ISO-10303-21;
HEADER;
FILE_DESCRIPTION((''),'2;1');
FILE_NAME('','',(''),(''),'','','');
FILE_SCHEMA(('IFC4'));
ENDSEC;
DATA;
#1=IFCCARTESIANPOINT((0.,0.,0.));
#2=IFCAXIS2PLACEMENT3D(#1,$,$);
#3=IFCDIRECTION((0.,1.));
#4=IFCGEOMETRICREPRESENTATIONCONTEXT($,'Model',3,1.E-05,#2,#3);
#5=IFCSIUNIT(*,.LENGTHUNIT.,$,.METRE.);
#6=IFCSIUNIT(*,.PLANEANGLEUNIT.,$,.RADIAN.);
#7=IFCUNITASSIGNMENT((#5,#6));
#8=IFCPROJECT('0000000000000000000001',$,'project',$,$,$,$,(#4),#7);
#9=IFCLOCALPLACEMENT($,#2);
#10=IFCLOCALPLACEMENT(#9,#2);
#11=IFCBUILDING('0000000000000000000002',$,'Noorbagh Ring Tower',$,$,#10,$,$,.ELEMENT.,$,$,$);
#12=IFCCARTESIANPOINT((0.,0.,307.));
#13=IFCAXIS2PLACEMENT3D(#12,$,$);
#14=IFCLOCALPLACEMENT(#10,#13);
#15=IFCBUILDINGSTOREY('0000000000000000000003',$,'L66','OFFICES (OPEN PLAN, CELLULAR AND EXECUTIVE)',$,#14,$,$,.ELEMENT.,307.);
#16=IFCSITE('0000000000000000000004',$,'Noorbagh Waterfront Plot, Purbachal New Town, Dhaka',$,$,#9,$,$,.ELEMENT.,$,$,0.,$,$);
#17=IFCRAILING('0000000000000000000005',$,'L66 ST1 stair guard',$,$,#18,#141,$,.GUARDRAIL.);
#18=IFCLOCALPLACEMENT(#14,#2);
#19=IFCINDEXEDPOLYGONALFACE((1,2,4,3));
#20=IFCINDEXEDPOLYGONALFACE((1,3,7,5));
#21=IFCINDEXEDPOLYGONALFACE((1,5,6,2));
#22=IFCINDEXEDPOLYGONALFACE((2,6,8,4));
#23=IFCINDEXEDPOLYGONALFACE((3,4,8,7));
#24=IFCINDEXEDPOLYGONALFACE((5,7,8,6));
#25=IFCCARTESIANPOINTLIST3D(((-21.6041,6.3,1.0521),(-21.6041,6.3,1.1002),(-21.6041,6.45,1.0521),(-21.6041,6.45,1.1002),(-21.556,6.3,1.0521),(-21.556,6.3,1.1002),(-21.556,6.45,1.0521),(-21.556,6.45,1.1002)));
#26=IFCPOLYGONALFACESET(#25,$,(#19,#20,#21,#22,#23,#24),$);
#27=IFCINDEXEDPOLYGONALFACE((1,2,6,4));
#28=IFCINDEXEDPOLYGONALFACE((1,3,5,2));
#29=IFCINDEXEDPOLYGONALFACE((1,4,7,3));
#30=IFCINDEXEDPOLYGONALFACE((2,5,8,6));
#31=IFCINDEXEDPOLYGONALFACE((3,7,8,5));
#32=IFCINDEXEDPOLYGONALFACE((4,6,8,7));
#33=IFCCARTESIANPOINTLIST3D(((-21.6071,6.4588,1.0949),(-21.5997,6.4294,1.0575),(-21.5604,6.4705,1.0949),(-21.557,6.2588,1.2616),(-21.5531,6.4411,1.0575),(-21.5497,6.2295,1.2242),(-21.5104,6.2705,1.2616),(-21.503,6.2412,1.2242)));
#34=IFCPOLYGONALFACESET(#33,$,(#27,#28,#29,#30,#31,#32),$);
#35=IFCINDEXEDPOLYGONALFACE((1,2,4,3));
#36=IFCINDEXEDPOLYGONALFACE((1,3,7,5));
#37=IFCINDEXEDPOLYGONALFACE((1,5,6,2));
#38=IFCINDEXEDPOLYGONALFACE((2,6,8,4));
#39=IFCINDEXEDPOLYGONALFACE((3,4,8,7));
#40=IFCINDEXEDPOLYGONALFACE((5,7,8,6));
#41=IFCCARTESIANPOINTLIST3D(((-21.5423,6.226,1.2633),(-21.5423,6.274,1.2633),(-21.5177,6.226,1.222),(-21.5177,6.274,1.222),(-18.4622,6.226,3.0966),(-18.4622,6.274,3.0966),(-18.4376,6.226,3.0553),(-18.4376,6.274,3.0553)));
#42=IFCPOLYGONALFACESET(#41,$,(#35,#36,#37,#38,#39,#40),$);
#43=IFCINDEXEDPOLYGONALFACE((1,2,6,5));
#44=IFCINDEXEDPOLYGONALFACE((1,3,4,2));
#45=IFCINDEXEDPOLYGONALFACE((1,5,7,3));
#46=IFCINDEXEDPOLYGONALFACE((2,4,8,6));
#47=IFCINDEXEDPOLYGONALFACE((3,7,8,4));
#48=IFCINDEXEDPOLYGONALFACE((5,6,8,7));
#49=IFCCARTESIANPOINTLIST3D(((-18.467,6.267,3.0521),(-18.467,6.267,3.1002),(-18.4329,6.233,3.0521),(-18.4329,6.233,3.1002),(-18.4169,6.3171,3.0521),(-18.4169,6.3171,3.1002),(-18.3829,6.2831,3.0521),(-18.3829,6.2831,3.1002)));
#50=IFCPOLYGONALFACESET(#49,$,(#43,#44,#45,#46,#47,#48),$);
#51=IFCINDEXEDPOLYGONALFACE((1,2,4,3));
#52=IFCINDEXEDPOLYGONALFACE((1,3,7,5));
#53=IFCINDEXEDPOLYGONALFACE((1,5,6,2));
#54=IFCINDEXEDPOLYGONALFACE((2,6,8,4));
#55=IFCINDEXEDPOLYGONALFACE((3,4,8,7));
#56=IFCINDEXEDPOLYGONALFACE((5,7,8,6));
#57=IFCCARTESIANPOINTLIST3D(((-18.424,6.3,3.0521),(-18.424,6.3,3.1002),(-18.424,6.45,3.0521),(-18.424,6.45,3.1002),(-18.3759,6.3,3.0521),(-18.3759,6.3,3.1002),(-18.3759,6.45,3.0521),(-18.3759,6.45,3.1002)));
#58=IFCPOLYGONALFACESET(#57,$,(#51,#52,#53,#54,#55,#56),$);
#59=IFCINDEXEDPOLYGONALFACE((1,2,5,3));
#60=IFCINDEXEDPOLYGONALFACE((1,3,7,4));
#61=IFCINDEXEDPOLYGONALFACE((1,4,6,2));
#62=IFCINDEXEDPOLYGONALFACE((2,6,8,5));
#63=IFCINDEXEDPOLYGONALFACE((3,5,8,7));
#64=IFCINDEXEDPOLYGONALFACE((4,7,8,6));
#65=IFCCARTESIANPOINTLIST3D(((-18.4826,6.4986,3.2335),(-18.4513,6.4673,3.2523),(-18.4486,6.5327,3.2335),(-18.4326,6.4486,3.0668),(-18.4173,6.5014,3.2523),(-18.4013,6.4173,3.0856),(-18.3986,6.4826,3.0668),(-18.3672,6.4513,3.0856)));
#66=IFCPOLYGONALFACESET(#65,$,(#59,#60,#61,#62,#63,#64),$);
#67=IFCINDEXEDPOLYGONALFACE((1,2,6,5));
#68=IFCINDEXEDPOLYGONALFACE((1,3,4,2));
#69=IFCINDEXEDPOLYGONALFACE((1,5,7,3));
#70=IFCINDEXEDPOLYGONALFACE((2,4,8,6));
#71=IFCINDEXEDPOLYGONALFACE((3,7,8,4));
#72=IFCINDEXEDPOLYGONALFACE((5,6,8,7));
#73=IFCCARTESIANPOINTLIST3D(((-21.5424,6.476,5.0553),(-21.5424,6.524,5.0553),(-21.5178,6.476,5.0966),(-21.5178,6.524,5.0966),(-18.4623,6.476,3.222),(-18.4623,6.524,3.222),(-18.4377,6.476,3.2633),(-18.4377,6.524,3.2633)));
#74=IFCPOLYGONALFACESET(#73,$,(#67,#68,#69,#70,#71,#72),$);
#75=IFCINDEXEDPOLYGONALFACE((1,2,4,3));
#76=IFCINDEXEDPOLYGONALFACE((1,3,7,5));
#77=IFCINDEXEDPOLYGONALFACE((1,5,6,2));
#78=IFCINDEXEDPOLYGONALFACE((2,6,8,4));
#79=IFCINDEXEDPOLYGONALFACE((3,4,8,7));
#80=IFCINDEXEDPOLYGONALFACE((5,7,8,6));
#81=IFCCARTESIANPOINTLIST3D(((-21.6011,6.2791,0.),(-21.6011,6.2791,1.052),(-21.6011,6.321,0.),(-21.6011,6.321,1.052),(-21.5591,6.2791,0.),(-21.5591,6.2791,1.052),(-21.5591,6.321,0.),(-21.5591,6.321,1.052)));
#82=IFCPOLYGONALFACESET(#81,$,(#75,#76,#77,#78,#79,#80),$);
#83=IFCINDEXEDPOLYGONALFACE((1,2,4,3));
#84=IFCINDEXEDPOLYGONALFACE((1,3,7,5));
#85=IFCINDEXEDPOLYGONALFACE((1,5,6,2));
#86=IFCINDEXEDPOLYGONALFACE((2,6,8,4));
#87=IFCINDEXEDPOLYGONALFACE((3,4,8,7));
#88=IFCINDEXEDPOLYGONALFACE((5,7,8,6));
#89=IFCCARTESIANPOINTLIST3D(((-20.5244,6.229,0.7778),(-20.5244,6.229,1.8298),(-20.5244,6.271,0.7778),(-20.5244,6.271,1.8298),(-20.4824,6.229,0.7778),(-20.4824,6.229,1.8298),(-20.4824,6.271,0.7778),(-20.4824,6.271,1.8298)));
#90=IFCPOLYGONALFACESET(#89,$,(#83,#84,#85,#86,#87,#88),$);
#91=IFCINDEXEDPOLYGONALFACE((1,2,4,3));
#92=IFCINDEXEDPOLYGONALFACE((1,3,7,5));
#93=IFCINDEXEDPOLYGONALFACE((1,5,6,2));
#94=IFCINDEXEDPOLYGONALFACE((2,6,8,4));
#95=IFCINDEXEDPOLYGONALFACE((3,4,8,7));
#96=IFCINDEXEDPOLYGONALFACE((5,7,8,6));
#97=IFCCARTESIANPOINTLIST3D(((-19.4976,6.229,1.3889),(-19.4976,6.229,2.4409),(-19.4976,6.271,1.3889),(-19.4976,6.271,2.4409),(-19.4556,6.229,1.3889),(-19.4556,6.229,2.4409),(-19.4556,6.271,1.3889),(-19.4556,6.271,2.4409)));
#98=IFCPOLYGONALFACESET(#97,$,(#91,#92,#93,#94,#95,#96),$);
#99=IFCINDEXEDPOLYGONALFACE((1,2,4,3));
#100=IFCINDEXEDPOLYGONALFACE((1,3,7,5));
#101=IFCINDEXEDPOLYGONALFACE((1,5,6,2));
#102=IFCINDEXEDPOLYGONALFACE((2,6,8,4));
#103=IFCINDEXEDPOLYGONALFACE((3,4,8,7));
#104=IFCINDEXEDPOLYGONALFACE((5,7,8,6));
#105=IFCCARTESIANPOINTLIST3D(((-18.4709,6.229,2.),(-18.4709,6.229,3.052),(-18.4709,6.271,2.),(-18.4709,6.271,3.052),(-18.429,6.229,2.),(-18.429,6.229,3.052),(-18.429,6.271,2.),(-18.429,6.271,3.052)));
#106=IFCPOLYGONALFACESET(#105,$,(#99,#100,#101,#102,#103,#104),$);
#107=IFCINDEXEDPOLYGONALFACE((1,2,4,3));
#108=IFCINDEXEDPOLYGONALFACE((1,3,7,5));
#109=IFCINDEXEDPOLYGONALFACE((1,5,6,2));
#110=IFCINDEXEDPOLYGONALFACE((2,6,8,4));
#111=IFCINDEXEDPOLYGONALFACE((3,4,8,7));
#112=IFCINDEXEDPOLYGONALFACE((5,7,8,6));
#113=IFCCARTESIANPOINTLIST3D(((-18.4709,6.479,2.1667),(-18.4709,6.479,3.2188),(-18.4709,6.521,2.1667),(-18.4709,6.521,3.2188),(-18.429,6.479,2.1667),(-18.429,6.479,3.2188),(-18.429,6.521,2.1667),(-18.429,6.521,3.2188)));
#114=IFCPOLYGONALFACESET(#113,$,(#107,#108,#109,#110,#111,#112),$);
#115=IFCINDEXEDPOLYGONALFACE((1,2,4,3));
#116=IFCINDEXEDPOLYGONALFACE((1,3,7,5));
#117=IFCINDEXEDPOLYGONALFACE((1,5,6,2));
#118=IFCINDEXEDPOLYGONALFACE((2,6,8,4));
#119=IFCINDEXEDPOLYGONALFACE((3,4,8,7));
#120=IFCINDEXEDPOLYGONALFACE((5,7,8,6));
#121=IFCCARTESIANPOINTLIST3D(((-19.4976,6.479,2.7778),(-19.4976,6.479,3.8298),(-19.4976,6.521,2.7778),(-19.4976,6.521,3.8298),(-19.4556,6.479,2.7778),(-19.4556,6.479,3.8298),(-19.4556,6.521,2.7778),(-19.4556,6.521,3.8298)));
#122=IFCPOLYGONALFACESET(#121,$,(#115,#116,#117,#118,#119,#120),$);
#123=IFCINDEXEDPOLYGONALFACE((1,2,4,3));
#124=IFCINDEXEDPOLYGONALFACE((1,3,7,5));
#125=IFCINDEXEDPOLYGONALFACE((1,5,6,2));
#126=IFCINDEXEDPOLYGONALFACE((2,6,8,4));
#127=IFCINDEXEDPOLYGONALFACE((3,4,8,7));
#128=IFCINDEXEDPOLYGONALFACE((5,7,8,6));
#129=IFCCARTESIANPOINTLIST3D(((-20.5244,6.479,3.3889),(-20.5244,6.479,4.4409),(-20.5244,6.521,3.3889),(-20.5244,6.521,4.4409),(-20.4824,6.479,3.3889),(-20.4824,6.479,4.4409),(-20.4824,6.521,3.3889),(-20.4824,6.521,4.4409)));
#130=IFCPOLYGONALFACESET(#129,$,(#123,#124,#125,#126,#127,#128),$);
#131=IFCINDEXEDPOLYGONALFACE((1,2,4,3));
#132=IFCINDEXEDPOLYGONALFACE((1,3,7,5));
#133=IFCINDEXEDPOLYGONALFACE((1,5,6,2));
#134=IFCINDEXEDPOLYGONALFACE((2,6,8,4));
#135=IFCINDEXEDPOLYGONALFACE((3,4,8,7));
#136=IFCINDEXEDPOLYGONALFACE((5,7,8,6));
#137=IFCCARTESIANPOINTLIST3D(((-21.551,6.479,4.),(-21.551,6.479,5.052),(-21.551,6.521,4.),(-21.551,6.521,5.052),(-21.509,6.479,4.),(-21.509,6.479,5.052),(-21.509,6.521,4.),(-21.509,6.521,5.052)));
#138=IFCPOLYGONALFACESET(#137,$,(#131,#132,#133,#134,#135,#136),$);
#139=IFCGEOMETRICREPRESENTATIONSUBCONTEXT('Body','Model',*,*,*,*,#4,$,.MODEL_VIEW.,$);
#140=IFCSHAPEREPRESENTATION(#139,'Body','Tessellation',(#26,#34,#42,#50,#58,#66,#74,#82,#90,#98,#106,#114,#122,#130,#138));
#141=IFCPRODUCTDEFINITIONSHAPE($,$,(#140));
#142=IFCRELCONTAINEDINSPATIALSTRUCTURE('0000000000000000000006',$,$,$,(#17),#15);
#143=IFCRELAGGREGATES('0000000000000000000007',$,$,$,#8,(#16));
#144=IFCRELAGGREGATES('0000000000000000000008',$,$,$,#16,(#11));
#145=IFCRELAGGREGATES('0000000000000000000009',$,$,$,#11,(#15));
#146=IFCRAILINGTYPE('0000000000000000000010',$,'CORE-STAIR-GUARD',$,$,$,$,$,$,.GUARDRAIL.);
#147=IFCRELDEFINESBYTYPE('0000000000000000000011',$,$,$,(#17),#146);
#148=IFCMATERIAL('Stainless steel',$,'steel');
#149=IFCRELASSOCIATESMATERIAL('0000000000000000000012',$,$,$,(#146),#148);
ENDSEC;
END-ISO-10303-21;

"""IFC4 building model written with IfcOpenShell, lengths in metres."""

from ifc_helpers import new_model, si_unit, direction, frame, origin, origin_2d, place, context, subcontext, project, spatial, rectangle, extrude, material, type_object, element, save


model = new_model("IFC4")

# Units and contexts
model_context = context("Model", 3, precision=1e-05, world=origin(), true_north=direction((0.0, 1.0)))
body_context = subcontext(model_context, "Body", "Model", "MODEL_VIEW")
ifc_project = project(units=[si_unit("LENGTHUNIT", "METRE"), si_unit("PLANEANGLEUNIT", "RADIAN")], contexts=[model_context])

# Site, building, storey
site_placement = place(None, origin())
site = spatial("IfcSite", under=ifc_project, at=site_placement, Name="Noorbagh Waterfront Plot, Purbachal New Town, Dhaka", CompositionType="ELEMENT", RefElevation=0.0)
building_placement = place(site_placement, origin())
building = spatial("IfcBuilding", under=site, at=building_placement, Name="Noorbagh Ring Tower", CompositionType="ELEMENT")
storey_placement = place(building_placement, frame((0.0, 0.0, 307.0)))
storey = spatial("IfcBuildingStorey", under=building, at=storey_placement, Name="L66", Description="OFFICES (OPEN PLAN, CELLULAR AND EXECUTIVE)", CompositionType="ELEMENT", Elevation=307.0)

# Railing
ifc_material_1 = material(Name="Stainless steel", Category="steel")
railing_type_1 = type_object("IfcRailingType", Name="CORE-STAIR-GUARD", PredefinedType="GUARDRAIL", material=ifc_material_1)
railing_1_placement = place(storey_placement, frame((-21.5801, 6.3, 0.0)))
element("IfcRailing", 1, at=railing_1_placement, inside=storey, type_object=railing_type_1, Name="L66 ST1 stair guard", PredefinedType="GUARDRAIL", context=body_context, shape_type="SweptSolid", body=[
    extrude(rectangle(XDim=0.0481, YDim=0.0481, at=origin_2d()), frame((0.0, 0.0, 1.0762), z_axis=(0.0, 1.0, 0.0), x_axis=(-1.0, 0.0, 0.0)), (0.0, 0.0, 1.0), 0.1499),
    extrude(rectangle(XDim=0.0481, YDim=0.0481, at=origin_2d()), frame((0.0, 0.1499, 1.0762), z_axis=(0.188776, -0.754182, 0.628946), x_axis=(0.970073, 0.242814, 0.0)), (0.0, 0.0, 1.0), 0.2651),
    extrude(rectangle(XDim=0.0481, YDim=0.0481, at=origin_2d()), frame((0.05, -0.05, 1.2427), z_axis=(0.859309, 0.0, 0.511458), x_axis=(0.0, 1.0, 0.0)), (0.0, 0.0, 1.0), 3.5845),
    extrude(rectangle(XDim=0.0481, YDim=0.0481, at=origin_2d()), frame((3.1301, -0.05, 3.0762), z_axis=(0.707107, 0.707107, 0.0), x_axis=(-0.707107, 0.707107, 0.0)), (0.0, 0.0, 1.0), 0.0708),
    extrude(rectangle(XDim=0.0481, YDim=0.0481, at=origin_2d()), frame((3.1802, 0.0, 3.0762), z_axis=(0.0, 1.0, 0.0), x_axis=(-1.0, 0.0, 0.0)), (0.0, 0.0, 1.0), 0.1499),
    extrude(rectangle(XDim=0.0481, YDim=0.0481, at=origin_2d()), frame((3.1802, 0.1499, 3.0762), z_axis=(-0.276287, 0.276287, 0.920506), x_axis=(-0.707107, -0.707107, 0.0)), (0.0, 0.0, 1.0), 0.1812),
    extrude(rectangle(XDim=0.0481, YDim=0.0481, at=origin_2d()), frame((3.1301, 0.2, 3.2427), z_axis=(-0.859309, 0.0, 0.511458), x_axis=(0.0, -1.0, 0.0)), (0.0, 0.0, 1.0), 3.5845),
    extrude(rectangle(XDim=0.042, YDim=0.042, at=origin_2d()), origin(), (0.0, 0.0, 1.0), 1.052),
    extrude(rectangle(XDim=0.042, YDim=0.042, at=origin_2d()), frame((1.0767, -0.05, 0.7778)), (0.0, 0.0, 1.0), 1.052),
    extrude(rectangle(XDim=0.042, YDim=0.042, at=origin_2d()), frame((2.1035, -0.05, 1.3889)), (0.0, 0.0, 1.0), 1.052),
    extrude(rectangle(XDim=0.042, YDim=0.042, at=origin_2d()), frame((3.1301, -0.05, 2.0)), (0.0, 0.0, 1.0), 1.052),
    extrude(rectangle(XDim=0.042, YDim=0.042, at=origin_2d()), frame((3.1301, 0.2, 2.1667)), (0.0, 0.0, 1.0), 1.052),
    extrude(rectangle(XDim=0.042, YDim=0.042, at=origin_2d()), frame((2.1035, 0.2, 2.7778)), (0.0, 0.0, 1.0), 1.052),
    extrude(rectangle(XDim=0.042, YDim=0.042, at=origin_2d()), frame((1.0767, 0.2, 3.3889)), (0.0, 0.0, 1.0), 1.052),
    extrude(rectangle(XDim=0.042, YDim=0.042, at=origin_2d()), frame((0.05, 0.2, 4.0)), (0.0, 0.0, 1.0), 1.052),
])

save(model, "model.ifc")
